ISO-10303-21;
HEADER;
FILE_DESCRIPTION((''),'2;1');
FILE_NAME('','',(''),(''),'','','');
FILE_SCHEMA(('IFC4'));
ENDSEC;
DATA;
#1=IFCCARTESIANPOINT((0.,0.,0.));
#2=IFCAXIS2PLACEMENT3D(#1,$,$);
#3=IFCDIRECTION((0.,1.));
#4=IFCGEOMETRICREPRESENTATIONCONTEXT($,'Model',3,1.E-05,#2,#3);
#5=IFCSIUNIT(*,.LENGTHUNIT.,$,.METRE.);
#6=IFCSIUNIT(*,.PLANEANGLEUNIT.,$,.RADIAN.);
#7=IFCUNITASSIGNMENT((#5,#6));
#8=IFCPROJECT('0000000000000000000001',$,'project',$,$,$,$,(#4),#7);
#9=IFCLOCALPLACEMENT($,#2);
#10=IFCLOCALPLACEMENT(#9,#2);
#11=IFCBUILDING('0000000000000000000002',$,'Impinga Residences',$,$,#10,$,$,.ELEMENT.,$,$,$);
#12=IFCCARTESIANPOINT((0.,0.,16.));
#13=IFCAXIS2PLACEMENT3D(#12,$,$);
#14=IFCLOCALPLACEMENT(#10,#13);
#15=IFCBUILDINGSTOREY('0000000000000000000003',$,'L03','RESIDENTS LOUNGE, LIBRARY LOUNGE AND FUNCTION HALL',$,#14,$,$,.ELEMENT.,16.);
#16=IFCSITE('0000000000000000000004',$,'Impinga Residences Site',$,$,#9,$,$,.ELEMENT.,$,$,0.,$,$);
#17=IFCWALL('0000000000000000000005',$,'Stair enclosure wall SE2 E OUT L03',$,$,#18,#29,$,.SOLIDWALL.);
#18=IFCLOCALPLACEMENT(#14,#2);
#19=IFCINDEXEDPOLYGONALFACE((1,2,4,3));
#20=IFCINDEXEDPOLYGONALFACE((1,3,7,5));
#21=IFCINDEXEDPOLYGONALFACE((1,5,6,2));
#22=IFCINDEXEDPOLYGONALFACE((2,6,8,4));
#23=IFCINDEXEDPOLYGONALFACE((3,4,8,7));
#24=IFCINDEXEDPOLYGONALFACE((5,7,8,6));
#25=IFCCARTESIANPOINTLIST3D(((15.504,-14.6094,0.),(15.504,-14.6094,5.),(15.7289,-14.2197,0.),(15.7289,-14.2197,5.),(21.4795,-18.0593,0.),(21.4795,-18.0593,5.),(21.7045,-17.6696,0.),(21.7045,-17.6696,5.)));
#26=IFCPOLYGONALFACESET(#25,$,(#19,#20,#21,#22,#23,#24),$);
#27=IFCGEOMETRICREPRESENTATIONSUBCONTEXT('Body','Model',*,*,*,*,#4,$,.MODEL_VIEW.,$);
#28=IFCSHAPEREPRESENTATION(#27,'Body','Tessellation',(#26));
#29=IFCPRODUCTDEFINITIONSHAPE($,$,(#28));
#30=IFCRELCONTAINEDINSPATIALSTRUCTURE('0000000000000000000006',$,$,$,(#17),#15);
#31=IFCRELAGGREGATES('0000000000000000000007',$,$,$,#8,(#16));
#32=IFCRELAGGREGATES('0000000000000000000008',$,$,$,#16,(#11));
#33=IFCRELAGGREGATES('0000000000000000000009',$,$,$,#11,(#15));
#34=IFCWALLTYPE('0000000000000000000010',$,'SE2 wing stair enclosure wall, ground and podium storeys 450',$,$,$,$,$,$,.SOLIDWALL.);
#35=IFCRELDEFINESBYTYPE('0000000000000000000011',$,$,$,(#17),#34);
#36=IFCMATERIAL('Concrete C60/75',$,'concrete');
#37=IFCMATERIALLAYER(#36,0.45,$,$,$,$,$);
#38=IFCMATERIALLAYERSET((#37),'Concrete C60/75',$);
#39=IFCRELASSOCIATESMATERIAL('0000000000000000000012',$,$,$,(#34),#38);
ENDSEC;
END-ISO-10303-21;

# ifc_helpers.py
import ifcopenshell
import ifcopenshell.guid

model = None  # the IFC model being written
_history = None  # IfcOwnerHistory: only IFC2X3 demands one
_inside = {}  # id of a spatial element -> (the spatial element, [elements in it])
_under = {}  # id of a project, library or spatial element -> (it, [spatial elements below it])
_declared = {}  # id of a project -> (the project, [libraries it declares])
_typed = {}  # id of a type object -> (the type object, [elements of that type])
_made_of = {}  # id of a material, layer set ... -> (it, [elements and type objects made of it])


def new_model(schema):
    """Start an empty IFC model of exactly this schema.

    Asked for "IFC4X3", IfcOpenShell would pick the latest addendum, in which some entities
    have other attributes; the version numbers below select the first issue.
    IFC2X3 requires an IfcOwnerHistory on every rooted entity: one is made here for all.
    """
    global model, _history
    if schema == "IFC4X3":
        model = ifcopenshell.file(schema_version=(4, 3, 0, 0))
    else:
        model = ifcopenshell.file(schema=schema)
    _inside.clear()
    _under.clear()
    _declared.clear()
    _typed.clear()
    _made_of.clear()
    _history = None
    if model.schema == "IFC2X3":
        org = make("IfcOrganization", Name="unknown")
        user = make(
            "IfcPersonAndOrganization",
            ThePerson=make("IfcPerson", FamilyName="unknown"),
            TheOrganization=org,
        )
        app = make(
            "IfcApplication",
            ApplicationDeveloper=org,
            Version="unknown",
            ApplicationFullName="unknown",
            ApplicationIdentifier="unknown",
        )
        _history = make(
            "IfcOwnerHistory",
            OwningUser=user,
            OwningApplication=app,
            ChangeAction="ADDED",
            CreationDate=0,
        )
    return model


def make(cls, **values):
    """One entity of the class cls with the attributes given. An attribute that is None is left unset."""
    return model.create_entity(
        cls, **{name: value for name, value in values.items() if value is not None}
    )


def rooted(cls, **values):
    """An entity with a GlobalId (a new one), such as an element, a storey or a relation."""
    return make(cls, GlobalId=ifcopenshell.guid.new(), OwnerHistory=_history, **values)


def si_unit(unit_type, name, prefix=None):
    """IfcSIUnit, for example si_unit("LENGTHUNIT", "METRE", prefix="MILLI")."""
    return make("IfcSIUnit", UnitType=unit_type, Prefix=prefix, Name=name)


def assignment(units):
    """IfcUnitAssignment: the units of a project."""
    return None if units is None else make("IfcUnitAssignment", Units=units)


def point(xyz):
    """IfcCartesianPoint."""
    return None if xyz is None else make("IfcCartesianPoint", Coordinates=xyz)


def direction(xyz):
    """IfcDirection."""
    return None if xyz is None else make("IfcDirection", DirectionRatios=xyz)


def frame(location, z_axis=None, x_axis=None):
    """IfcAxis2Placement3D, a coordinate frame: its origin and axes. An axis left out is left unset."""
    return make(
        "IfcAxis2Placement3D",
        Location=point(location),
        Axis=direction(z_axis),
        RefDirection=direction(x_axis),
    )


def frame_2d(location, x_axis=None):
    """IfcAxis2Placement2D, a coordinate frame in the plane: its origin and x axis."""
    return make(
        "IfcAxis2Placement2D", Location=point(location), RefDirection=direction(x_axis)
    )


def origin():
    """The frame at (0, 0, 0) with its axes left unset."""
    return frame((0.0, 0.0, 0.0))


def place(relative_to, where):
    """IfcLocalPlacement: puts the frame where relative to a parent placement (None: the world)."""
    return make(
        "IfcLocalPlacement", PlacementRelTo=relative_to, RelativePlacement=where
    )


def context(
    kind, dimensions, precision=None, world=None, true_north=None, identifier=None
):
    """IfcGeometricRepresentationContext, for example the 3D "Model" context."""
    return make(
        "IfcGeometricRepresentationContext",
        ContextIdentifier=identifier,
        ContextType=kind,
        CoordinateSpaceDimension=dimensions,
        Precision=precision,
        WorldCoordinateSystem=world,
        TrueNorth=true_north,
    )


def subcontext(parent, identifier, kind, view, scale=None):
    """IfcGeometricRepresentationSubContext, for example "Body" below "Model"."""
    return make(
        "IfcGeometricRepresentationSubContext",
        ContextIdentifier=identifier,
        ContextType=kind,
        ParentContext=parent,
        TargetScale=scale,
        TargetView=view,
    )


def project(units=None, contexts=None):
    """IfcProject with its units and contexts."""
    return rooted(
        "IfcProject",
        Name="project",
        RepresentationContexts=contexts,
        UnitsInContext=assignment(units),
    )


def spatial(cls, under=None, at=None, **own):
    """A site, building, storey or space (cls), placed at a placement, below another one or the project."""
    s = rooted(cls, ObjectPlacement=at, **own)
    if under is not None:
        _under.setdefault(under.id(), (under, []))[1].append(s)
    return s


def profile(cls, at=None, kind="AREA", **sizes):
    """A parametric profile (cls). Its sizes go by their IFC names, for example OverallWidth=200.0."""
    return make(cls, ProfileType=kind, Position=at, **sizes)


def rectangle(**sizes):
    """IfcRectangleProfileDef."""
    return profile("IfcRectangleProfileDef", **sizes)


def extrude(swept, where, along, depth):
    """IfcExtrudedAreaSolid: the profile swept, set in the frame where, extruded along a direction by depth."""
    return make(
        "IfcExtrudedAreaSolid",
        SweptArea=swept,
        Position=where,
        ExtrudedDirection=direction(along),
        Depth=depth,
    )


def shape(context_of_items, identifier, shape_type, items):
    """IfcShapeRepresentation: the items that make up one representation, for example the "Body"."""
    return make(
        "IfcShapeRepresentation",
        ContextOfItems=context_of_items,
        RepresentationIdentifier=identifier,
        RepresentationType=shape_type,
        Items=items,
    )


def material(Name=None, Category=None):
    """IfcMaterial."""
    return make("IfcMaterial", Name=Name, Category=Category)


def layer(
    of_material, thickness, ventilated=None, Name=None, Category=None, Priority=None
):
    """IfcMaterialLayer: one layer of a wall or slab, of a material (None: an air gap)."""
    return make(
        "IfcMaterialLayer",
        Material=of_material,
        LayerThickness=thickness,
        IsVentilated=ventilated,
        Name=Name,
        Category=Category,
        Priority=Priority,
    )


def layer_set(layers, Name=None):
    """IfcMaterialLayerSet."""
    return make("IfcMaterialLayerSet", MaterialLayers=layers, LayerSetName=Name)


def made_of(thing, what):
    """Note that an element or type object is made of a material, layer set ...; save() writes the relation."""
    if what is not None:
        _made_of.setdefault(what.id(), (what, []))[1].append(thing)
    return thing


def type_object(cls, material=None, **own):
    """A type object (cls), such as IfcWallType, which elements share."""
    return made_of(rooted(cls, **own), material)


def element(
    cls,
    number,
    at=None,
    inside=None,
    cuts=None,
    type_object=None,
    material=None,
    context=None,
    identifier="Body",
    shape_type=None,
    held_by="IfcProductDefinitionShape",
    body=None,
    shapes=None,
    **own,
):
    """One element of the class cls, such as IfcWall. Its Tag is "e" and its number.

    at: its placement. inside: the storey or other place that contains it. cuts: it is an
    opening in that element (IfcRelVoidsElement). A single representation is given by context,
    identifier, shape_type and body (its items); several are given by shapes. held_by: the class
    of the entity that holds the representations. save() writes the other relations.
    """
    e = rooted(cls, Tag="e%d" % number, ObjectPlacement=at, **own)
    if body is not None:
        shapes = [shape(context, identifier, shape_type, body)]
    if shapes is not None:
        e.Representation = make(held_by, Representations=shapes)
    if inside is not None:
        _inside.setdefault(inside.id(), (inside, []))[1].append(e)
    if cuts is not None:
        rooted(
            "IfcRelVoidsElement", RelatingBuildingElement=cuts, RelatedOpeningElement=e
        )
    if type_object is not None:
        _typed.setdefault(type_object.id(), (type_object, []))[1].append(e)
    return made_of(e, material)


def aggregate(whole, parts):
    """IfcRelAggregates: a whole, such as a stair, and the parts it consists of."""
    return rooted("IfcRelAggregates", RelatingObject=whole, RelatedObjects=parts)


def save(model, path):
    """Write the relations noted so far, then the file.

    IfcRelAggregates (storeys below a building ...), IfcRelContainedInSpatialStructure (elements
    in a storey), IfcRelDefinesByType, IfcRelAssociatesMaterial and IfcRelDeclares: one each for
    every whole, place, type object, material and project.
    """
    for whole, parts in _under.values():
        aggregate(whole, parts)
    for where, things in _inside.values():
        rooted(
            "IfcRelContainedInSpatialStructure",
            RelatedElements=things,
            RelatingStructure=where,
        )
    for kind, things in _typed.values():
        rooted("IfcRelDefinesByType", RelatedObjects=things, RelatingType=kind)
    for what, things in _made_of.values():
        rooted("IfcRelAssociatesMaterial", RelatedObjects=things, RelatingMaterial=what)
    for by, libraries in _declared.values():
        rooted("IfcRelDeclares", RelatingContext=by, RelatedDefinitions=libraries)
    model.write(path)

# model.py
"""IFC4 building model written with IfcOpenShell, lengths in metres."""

from ifc_helpers import new_model, si_unit, direction, frame, frame_2d, origin, place, context, subcontext, project, spatial, rectangle, extrude, material, layer, layer_set, type_object, element, save


model = new_model("IFC4")

# Units and contexts
model_context = context("Model", 3, precision=1e-05, world=origin(), true_north=direction((0.0, 1.0)))
body_context = subcontext(model_context, "Body", "Model", "MODEL_VIEW")
ifc_project = project(units=[si_unit("LENGTHUNIT", "METRE"), si_unit("PLANEANGLEUNIT", "RADIAN")], contexts=[model_context])

# Site, building, storey
site_placement = place(None, origin())
site = spatial("IfcSite", under=ifc_project, at=site_placement, Name="Impinga Residences Site", CompositionType="ELEMENT", RefElevation=0.0)
building_placement = place(site_placement, origin())
building = spatial("IfcBuilding", under=site, at=building_placement, Name="Impinga Residences", CompositionType="ELEMENT")
storey_placement = place(building_placement, frame((0.0, 0.0, 16.0)))
storey = spatial("IfcBuildingStorey", under=building, at=storey_placement, Name="L03", Description="RESIDENTS LOUNGE, LIBRARY LOUNGE AND FUNCTION HALL", CompositionType="ELEMENT", Elevation=16.0)

# Shared definitions
ifc_material_1 = material(Name="Concrete C60/75", Category="concrete")

# Wall
ifc_layer_1 = layer(ifc_material_1, 0.45)
ifc_layer_set_1 = layer_set([ifc_layer_1], Name="Concrete C60/75")
wall_type_1 = type_object("IfcWallType", Name="SE2 wing stair enclosure wall, ground and podium storeys 450", PredefinedType="SOLIDWALL", material=ifc_layer_set_1)
wall_1_placement = place(storey_placement, frame((15.6165, -14.4146, 0.0), z_axis=(0.0, 0.0, 1.0), x_axis=(0.866029, -0.499994, 0.0)))
element("IfcWall", 1, at=wall_1_placement, inside=storey, type_object=wall_type_1, Name="Stair enclosure wall SE2 E OUT L03", PredefinedType="SOLIDWALL", context=body_context, shape_type="SweptSolid", body=[
    extrude(rectangle(XDim=6.8999, YDim=0.45, at=frame_2d((3.45, 0.0))), origin(), (0.0, 0.0, 1.0), 5.0),
])

save(model, "model.ifc")
